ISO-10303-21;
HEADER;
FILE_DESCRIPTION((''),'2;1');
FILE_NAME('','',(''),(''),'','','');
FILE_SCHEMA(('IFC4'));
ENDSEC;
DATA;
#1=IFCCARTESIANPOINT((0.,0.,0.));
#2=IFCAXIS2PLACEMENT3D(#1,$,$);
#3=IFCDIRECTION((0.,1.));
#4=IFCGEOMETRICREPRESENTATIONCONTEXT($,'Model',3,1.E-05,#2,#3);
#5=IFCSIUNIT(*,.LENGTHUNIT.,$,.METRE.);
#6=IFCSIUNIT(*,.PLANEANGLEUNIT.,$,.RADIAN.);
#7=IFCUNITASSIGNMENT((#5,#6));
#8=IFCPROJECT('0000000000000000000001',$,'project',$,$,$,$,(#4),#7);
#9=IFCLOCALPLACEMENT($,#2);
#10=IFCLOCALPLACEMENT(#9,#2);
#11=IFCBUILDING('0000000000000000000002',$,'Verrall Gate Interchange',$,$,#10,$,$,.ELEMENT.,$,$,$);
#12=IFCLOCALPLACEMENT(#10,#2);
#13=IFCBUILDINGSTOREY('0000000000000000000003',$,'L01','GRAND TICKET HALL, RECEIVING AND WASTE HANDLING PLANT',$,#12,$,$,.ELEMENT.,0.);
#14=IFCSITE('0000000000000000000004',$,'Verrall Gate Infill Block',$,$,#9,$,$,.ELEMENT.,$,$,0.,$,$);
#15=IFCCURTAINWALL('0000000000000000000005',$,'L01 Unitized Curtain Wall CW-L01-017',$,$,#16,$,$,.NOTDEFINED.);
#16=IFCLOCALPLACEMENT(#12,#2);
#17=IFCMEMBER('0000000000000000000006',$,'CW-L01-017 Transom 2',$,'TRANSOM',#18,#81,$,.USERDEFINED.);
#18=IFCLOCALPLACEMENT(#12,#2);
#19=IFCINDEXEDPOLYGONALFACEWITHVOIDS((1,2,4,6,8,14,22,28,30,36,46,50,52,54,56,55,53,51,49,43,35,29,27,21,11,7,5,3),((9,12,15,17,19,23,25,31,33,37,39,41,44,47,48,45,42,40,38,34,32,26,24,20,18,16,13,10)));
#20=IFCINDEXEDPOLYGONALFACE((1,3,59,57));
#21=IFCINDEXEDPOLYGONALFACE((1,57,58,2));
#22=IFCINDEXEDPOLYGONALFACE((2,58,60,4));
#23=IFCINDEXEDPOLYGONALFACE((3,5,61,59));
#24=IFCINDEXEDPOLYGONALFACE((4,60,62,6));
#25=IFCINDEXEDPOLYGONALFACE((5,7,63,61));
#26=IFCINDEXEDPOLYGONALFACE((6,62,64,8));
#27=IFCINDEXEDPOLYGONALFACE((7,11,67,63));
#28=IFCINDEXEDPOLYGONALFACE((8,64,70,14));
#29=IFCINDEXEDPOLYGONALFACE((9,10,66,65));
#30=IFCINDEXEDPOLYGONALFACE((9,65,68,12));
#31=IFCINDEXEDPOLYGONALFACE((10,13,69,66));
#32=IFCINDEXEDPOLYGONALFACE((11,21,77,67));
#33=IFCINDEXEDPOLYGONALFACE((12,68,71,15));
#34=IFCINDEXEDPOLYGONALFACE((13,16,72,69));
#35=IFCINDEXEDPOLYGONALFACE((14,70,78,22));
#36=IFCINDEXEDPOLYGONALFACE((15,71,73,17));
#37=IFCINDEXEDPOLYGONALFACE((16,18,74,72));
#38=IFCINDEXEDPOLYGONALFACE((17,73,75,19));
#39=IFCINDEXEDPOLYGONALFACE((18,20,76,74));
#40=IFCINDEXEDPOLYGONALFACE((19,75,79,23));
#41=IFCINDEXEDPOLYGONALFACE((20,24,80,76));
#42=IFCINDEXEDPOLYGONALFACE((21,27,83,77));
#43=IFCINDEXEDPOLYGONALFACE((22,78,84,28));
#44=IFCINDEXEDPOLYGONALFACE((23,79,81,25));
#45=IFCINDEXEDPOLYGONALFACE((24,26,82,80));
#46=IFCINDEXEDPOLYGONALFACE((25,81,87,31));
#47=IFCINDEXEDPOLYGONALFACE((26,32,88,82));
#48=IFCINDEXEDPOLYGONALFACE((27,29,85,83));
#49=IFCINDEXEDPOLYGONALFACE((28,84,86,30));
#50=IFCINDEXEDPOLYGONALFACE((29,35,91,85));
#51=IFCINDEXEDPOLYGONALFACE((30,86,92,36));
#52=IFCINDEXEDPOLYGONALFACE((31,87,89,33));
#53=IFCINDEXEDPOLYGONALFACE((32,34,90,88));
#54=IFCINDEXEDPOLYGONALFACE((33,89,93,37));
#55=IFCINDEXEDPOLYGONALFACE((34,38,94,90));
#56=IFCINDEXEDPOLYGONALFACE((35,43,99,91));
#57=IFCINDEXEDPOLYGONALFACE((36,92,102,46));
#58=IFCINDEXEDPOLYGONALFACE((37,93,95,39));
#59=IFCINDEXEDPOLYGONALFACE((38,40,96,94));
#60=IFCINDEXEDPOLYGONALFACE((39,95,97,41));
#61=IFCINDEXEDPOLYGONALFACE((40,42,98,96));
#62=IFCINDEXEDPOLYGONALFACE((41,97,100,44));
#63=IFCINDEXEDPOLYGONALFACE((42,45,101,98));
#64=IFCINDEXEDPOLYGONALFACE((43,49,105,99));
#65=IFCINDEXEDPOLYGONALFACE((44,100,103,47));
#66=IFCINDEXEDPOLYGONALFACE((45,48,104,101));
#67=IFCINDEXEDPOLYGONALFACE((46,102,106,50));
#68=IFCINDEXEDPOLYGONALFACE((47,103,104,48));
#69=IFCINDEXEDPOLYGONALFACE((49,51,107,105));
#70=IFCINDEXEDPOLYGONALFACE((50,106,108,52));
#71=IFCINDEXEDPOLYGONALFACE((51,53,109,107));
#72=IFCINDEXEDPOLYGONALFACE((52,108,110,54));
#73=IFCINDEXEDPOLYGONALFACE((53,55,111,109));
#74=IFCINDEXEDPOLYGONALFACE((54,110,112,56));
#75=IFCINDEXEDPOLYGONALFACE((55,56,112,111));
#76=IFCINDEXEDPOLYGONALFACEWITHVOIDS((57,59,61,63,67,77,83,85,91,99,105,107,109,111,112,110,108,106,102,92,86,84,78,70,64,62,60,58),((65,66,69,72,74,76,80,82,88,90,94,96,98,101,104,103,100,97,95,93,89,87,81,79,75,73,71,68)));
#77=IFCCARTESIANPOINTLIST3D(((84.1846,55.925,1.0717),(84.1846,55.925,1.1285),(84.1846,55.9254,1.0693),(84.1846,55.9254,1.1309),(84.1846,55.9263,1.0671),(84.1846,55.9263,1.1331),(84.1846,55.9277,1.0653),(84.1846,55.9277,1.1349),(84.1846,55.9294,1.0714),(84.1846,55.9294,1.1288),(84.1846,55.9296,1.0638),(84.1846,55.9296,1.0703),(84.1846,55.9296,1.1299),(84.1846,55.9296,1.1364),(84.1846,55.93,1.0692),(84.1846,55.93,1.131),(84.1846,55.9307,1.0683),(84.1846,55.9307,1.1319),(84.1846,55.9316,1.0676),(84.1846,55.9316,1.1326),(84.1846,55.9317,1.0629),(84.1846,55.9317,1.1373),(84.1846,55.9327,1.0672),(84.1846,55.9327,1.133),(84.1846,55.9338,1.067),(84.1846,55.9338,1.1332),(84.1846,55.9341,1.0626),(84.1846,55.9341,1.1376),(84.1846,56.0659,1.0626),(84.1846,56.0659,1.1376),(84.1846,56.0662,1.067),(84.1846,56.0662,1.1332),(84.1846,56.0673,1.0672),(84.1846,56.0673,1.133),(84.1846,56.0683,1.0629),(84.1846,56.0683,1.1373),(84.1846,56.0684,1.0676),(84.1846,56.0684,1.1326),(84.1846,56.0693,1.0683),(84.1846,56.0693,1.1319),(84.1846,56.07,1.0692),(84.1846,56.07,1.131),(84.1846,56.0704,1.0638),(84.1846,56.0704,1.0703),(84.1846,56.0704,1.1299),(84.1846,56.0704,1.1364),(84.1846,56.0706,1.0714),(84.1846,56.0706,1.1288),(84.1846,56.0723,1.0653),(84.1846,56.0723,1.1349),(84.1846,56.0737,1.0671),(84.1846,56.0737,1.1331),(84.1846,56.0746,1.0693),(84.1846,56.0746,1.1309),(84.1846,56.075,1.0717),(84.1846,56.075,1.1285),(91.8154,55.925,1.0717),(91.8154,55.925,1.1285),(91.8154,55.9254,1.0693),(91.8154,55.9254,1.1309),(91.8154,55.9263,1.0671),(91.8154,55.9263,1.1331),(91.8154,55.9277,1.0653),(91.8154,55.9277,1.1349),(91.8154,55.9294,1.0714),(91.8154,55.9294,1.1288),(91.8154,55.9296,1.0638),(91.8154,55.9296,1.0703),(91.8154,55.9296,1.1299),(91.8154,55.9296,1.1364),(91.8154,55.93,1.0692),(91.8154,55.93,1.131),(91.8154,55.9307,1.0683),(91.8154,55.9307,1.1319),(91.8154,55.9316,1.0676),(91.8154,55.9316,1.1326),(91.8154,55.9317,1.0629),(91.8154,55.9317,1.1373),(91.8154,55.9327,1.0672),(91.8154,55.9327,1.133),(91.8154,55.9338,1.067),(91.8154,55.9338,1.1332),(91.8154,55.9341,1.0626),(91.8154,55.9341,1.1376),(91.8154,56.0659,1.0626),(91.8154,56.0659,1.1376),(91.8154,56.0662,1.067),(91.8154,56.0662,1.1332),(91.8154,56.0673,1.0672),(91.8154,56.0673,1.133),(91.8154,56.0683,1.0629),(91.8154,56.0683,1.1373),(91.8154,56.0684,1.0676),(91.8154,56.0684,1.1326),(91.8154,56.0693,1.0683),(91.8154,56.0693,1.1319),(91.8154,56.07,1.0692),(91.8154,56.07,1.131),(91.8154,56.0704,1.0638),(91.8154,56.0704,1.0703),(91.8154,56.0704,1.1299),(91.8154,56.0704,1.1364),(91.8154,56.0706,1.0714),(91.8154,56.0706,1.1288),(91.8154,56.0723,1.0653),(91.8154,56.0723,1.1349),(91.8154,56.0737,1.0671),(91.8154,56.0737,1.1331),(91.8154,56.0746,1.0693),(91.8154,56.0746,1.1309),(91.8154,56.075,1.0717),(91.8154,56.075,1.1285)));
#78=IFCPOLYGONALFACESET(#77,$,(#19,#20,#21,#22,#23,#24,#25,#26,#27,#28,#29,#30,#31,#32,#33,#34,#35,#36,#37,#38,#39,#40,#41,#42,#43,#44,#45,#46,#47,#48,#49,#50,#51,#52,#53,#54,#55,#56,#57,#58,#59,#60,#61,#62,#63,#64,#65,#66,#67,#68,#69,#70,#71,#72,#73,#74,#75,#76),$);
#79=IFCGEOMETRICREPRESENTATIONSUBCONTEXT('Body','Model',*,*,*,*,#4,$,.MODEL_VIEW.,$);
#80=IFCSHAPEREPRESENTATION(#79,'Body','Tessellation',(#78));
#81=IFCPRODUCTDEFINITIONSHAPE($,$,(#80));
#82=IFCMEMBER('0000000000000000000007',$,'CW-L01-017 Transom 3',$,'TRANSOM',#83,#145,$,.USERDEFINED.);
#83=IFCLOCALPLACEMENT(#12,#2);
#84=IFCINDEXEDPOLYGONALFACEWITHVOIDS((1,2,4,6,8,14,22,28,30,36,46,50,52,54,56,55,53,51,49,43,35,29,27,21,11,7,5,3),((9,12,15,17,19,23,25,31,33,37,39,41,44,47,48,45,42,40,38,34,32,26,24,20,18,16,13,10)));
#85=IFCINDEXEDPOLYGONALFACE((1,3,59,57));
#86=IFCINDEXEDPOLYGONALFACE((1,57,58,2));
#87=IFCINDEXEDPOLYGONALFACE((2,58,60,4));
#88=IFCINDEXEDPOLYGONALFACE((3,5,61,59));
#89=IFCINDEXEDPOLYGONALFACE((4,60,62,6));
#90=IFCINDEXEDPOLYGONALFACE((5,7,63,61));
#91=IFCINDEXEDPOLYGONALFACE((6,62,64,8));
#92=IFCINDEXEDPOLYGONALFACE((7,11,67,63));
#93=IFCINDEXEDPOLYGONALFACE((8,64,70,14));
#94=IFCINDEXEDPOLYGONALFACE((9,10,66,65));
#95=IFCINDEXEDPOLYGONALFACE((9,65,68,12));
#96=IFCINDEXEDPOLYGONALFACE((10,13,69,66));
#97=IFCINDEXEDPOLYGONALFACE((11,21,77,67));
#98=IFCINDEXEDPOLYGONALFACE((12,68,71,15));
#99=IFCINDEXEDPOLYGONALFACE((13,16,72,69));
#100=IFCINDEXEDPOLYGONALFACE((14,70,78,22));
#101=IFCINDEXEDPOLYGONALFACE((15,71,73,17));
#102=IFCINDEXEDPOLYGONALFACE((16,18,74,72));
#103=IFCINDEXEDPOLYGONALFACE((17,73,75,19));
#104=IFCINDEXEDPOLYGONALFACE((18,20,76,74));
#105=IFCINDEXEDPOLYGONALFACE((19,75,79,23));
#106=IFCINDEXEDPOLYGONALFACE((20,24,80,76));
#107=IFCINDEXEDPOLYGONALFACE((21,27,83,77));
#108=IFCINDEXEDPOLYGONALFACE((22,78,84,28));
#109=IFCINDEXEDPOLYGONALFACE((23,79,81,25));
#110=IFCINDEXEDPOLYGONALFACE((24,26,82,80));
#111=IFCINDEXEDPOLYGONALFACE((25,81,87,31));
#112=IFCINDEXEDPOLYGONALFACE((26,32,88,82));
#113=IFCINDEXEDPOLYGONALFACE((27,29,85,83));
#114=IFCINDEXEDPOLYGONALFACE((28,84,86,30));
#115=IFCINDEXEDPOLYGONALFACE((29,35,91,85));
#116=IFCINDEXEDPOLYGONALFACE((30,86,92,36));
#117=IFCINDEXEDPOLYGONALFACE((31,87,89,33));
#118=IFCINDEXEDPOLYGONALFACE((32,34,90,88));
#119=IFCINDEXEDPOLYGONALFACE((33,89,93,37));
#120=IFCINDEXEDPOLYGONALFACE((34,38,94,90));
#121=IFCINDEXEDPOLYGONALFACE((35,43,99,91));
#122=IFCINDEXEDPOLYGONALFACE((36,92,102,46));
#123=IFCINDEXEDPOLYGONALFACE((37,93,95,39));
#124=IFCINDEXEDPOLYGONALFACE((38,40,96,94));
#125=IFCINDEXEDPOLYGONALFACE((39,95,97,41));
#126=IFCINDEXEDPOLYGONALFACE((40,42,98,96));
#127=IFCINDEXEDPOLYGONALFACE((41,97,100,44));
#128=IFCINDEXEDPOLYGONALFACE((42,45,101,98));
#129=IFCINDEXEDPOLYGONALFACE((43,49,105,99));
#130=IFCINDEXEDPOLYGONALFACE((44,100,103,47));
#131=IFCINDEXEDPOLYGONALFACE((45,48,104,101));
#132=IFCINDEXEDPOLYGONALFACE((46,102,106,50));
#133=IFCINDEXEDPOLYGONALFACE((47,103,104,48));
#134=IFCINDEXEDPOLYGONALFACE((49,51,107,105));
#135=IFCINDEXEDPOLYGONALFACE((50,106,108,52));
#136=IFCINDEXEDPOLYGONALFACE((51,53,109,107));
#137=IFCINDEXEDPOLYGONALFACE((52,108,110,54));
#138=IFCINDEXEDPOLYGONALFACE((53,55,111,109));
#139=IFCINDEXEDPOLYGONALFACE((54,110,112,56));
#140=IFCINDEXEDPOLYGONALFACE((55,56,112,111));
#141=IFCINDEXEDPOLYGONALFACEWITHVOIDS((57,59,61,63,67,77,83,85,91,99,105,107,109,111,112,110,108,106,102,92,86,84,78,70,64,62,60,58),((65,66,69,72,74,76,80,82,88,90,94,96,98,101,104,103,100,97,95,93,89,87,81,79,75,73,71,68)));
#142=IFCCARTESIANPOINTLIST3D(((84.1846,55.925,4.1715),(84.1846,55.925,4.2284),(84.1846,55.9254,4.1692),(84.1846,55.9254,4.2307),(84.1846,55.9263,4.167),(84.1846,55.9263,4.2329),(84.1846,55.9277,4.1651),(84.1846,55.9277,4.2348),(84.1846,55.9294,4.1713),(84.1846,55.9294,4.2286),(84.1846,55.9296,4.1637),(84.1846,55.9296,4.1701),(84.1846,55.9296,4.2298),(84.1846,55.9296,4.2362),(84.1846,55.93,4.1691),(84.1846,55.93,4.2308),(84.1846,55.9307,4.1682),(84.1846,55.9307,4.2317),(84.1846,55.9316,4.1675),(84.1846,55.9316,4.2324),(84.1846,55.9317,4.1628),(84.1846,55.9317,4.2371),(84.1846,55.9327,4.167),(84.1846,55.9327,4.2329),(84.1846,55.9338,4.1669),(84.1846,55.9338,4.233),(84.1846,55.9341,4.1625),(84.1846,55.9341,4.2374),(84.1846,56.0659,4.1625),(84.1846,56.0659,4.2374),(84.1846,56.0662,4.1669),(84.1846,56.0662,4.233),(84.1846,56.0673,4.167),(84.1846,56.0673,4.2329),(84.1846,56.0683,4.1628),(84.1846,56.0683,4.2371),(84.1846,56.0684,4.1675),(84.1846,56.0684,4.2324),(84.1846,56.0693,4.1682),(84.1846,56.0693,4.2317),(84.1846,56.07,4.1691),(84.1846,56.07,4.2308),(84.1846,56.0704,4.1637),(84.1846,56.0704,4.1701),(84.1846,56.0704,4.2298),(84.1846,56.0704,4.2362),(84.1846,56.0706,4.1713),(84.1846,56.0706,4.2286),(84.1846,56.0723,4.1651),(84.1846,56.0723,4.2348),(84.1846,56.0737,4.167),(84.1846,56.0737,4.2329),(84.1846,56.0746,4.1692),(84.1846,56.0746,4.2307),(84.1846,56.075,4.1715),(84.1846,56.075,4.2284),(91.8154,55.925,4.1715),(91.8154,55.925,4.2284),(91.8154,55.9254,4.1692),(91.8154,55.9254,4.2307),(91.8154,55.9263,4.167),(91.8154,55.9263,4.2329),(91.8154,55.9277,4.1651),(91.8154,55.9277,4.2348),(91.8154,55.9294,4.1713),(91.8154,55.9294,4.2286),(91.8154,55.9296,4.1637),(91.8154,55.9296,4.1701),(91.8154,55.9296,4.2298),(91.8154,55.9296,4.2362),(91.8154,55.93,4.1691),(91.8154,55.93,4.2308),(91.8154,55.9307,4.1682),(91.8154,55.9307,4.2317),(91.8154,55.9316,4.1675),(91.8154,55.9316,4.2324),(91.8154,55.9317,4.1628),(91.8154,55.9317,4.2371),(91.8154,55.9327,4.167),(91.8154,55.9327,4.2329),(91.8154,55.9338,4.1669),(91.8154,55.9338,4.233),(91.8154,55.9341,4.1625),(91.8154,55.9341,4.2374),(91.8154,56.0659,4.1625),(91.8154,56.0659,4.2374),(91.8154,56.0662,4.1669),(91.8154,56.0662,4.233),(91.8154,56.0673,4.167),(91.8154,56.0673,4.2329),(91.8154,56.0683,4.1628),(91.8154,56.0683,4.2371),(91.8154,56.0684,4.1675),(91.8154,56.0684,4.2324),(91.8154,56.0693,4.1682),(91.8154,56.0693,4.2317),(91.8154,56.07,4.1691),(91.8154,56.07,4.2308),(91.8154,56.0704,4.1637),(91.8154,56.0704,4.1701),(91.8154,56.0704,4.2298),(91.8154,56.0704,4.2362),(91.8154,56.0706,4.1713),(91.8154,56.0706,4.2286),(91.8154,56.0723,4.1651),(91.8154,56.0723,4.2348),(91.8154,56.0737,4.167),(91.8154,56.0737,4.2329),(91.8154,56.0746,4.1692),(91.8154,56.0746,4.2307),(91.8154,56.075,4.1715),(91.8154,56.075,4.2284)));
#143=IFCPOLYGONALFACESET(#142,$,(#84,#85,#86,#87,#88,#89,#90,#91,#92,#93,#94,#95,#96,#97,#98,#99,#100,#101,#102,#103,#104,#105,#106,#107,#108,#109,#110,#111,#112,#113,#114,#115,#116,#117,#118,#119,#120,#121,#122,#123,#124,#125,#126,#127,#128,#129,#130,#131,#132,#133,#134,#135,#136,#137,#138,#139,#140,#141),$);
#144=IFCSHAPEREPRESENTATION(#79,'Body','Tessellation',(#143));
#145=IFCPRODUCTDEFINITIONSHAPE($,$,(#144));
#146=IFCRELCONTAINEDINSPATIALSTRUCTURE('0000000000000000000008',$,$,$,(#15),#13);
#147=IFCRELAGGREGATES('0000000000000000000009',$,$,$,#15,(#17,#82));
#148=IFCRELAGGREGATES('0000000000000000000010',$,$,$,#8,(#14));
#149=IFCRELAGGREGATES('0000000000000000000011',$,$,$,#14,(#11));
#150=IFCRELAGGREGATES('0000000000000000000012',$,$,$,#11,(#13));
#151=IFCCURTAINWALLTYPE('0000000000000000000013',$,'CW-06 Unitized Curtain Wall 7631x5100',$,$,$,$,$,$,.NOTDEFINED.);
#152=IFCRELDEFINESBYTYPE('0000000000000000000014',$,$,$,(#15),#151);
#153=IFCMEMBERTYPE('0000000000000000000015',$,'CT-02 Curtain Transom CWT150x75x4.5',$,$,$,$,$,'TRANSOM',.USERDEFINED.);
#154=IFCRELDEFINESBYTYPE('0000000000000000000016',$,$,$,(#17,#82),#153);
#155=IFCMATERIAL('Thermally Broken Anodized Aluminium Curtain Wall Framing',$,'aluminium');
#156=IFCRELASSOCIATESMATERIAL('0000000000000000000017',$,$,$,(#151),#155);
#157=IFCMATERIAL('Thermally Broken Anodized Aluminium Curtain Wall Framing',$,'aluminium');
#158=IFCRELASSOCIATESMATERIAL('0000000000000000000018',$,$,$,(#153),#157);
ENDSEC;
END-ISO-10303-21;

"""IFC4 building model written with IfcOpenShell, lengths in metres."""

from ifc_helpers import new_model, si_unit, direction, frame, origin, origin_2d, place, context, subcontext, project, spatial, hollow_rectangle, extrude, material, material_profile, profile_set, type_object, element, aggregate, save


model = new_model("IFC4")

# Units and contexts
model_context = context("Model", 3, precision=1e-05, world=origin(), true_north=direction((0.0, 1.0)))
body_context = subcontext(model_context, "Body", "Model", "MODEL_VIEW")
ifc_project = project(units=[si_unit("LENGTHUNIT", "METRE"), si_unit("PLANEANGLEUNIT", "RADIAN")], contexts=[model_context])

# Site, building, storey
site_placement = place(None, origin())
site = spatial("IfcSite", under=ifc_project, at=site_placement, Name="Verrall Gate Infill Block", CompositionType="ELEMENT", RefElevation=0.0)
building_placement = place(site_placement, origin())
building = spatial("IfcBuilding", under=site, at=building_placement, Name="Verrall Gate Interchange", CompositionType="ELEMENT")
storey_placement = place(building_placement, origin())
storey = spatial("IfcBuildingStorey", under=building, at=storey_placement, Name="L01", Description="GRAND TICKET HALL, RECEIVING AND WASTE HANDLING PLANT", CompositionType="ELEMENT", Elevation=0.0)

# Curtain wall, members
ifc_material_1 = material(Name="Thermally Broken Anodized Aluminium Curtain Wall Framing", Category="aluminium")
curtain_wall_type = type_object("IfcCurtainWallType", Name="CW-06 Unitized Curtain Wall 7631x5100", PredefinedType="NOTDEFINED", material=ifc_material_1)
curtain_wall_placement = place(storey_placement, origin())
curtain_wall = element("IfcCurtainWall", 1, at=curtain_wall_placement, inside=storey, type_object=curtain_wall_type, Name="L01 Unitized Curtain Wall CW-L01-017", PredefinedType="NOTDEFINED")
ifc_material_2 = material(Name="Thermally Broken Anodized Aluminium Curtain Wall Framing", Category="aluminium")
ifc_material_profile_1 = material_profile(ifc_material_2, hollow_rectangle(XDim=0.1499, YDim=0.075, WallThickness=0.0044, InnerFilletRadius=0.0044, OuterFilletRadius=0.009, at=origin_2d()), Name="CWT150x75x4.5")
ifc_profile_set_1 = profile_set([ifc_material_profile_1], Name="Thermally Broken Anodized Aluminium Curtain Wall Framing")
member_type_1 = type_object("IfcMemberType", Name="CT-02 Curtain Transom CWT150x75x4.5", ElementType="TRANSOM", PredefinedType="USERDEFINED", material=ifc_profile_set_1)
member_1_placement = place(storey_placement, frame((91.8154, 56.0, 1.1001), z_axis=(-1.0, 0.0, 0.0), x_axis=(0.0, -1.0, 0.0)))
member_1 = element("IfcMember", 2, at=member_1_placement, type_object=member_type_1, Name="CW-L01-017 Transom 2", ObjectType="TRANSOM", PredefinedType="USERDEFINED", context=body_context, shape_type="SweptSolid", body=[
    extrude(hollow_rectangle(XDim=0.1499, YDim=0.075, WallThickness=0.0044, InnerFilletRadius=0.0044, OuterFilletRadius=0.009, at=origin_2d()), origin(), (0.0, 0.0, 1.0), 7.6309),
])
member_2_placement = place(storey_placement, frame((91.8154, 56.0, 4.2), z_axis=(-1.0, 0.0, 0.0), x_axis=(0.0, -1.0, 0.0)))
member_2 = element("IfcMember", 3, at=member_2_placement, type_object=member_type_1, Name="CW-L01-017 Transom 3", ObjectType="TRANSOM", PredefinedType="USERDEFINED", context=body_context, shape_type="SweptSolid", body=[
    extrude(hollow_rectangle(XDim=0.1499, YDim=0.075, WallThickness=0.0044, InnerFilletRadius=0.0044, OuterFilletRadius=0.009, at=origin_2d()), origin(), (0.0, 0.0, 1.0), 7.6309),
])

aggregate(curtain_wall, [member_1, member_2])

save(model, "model.ifc")
